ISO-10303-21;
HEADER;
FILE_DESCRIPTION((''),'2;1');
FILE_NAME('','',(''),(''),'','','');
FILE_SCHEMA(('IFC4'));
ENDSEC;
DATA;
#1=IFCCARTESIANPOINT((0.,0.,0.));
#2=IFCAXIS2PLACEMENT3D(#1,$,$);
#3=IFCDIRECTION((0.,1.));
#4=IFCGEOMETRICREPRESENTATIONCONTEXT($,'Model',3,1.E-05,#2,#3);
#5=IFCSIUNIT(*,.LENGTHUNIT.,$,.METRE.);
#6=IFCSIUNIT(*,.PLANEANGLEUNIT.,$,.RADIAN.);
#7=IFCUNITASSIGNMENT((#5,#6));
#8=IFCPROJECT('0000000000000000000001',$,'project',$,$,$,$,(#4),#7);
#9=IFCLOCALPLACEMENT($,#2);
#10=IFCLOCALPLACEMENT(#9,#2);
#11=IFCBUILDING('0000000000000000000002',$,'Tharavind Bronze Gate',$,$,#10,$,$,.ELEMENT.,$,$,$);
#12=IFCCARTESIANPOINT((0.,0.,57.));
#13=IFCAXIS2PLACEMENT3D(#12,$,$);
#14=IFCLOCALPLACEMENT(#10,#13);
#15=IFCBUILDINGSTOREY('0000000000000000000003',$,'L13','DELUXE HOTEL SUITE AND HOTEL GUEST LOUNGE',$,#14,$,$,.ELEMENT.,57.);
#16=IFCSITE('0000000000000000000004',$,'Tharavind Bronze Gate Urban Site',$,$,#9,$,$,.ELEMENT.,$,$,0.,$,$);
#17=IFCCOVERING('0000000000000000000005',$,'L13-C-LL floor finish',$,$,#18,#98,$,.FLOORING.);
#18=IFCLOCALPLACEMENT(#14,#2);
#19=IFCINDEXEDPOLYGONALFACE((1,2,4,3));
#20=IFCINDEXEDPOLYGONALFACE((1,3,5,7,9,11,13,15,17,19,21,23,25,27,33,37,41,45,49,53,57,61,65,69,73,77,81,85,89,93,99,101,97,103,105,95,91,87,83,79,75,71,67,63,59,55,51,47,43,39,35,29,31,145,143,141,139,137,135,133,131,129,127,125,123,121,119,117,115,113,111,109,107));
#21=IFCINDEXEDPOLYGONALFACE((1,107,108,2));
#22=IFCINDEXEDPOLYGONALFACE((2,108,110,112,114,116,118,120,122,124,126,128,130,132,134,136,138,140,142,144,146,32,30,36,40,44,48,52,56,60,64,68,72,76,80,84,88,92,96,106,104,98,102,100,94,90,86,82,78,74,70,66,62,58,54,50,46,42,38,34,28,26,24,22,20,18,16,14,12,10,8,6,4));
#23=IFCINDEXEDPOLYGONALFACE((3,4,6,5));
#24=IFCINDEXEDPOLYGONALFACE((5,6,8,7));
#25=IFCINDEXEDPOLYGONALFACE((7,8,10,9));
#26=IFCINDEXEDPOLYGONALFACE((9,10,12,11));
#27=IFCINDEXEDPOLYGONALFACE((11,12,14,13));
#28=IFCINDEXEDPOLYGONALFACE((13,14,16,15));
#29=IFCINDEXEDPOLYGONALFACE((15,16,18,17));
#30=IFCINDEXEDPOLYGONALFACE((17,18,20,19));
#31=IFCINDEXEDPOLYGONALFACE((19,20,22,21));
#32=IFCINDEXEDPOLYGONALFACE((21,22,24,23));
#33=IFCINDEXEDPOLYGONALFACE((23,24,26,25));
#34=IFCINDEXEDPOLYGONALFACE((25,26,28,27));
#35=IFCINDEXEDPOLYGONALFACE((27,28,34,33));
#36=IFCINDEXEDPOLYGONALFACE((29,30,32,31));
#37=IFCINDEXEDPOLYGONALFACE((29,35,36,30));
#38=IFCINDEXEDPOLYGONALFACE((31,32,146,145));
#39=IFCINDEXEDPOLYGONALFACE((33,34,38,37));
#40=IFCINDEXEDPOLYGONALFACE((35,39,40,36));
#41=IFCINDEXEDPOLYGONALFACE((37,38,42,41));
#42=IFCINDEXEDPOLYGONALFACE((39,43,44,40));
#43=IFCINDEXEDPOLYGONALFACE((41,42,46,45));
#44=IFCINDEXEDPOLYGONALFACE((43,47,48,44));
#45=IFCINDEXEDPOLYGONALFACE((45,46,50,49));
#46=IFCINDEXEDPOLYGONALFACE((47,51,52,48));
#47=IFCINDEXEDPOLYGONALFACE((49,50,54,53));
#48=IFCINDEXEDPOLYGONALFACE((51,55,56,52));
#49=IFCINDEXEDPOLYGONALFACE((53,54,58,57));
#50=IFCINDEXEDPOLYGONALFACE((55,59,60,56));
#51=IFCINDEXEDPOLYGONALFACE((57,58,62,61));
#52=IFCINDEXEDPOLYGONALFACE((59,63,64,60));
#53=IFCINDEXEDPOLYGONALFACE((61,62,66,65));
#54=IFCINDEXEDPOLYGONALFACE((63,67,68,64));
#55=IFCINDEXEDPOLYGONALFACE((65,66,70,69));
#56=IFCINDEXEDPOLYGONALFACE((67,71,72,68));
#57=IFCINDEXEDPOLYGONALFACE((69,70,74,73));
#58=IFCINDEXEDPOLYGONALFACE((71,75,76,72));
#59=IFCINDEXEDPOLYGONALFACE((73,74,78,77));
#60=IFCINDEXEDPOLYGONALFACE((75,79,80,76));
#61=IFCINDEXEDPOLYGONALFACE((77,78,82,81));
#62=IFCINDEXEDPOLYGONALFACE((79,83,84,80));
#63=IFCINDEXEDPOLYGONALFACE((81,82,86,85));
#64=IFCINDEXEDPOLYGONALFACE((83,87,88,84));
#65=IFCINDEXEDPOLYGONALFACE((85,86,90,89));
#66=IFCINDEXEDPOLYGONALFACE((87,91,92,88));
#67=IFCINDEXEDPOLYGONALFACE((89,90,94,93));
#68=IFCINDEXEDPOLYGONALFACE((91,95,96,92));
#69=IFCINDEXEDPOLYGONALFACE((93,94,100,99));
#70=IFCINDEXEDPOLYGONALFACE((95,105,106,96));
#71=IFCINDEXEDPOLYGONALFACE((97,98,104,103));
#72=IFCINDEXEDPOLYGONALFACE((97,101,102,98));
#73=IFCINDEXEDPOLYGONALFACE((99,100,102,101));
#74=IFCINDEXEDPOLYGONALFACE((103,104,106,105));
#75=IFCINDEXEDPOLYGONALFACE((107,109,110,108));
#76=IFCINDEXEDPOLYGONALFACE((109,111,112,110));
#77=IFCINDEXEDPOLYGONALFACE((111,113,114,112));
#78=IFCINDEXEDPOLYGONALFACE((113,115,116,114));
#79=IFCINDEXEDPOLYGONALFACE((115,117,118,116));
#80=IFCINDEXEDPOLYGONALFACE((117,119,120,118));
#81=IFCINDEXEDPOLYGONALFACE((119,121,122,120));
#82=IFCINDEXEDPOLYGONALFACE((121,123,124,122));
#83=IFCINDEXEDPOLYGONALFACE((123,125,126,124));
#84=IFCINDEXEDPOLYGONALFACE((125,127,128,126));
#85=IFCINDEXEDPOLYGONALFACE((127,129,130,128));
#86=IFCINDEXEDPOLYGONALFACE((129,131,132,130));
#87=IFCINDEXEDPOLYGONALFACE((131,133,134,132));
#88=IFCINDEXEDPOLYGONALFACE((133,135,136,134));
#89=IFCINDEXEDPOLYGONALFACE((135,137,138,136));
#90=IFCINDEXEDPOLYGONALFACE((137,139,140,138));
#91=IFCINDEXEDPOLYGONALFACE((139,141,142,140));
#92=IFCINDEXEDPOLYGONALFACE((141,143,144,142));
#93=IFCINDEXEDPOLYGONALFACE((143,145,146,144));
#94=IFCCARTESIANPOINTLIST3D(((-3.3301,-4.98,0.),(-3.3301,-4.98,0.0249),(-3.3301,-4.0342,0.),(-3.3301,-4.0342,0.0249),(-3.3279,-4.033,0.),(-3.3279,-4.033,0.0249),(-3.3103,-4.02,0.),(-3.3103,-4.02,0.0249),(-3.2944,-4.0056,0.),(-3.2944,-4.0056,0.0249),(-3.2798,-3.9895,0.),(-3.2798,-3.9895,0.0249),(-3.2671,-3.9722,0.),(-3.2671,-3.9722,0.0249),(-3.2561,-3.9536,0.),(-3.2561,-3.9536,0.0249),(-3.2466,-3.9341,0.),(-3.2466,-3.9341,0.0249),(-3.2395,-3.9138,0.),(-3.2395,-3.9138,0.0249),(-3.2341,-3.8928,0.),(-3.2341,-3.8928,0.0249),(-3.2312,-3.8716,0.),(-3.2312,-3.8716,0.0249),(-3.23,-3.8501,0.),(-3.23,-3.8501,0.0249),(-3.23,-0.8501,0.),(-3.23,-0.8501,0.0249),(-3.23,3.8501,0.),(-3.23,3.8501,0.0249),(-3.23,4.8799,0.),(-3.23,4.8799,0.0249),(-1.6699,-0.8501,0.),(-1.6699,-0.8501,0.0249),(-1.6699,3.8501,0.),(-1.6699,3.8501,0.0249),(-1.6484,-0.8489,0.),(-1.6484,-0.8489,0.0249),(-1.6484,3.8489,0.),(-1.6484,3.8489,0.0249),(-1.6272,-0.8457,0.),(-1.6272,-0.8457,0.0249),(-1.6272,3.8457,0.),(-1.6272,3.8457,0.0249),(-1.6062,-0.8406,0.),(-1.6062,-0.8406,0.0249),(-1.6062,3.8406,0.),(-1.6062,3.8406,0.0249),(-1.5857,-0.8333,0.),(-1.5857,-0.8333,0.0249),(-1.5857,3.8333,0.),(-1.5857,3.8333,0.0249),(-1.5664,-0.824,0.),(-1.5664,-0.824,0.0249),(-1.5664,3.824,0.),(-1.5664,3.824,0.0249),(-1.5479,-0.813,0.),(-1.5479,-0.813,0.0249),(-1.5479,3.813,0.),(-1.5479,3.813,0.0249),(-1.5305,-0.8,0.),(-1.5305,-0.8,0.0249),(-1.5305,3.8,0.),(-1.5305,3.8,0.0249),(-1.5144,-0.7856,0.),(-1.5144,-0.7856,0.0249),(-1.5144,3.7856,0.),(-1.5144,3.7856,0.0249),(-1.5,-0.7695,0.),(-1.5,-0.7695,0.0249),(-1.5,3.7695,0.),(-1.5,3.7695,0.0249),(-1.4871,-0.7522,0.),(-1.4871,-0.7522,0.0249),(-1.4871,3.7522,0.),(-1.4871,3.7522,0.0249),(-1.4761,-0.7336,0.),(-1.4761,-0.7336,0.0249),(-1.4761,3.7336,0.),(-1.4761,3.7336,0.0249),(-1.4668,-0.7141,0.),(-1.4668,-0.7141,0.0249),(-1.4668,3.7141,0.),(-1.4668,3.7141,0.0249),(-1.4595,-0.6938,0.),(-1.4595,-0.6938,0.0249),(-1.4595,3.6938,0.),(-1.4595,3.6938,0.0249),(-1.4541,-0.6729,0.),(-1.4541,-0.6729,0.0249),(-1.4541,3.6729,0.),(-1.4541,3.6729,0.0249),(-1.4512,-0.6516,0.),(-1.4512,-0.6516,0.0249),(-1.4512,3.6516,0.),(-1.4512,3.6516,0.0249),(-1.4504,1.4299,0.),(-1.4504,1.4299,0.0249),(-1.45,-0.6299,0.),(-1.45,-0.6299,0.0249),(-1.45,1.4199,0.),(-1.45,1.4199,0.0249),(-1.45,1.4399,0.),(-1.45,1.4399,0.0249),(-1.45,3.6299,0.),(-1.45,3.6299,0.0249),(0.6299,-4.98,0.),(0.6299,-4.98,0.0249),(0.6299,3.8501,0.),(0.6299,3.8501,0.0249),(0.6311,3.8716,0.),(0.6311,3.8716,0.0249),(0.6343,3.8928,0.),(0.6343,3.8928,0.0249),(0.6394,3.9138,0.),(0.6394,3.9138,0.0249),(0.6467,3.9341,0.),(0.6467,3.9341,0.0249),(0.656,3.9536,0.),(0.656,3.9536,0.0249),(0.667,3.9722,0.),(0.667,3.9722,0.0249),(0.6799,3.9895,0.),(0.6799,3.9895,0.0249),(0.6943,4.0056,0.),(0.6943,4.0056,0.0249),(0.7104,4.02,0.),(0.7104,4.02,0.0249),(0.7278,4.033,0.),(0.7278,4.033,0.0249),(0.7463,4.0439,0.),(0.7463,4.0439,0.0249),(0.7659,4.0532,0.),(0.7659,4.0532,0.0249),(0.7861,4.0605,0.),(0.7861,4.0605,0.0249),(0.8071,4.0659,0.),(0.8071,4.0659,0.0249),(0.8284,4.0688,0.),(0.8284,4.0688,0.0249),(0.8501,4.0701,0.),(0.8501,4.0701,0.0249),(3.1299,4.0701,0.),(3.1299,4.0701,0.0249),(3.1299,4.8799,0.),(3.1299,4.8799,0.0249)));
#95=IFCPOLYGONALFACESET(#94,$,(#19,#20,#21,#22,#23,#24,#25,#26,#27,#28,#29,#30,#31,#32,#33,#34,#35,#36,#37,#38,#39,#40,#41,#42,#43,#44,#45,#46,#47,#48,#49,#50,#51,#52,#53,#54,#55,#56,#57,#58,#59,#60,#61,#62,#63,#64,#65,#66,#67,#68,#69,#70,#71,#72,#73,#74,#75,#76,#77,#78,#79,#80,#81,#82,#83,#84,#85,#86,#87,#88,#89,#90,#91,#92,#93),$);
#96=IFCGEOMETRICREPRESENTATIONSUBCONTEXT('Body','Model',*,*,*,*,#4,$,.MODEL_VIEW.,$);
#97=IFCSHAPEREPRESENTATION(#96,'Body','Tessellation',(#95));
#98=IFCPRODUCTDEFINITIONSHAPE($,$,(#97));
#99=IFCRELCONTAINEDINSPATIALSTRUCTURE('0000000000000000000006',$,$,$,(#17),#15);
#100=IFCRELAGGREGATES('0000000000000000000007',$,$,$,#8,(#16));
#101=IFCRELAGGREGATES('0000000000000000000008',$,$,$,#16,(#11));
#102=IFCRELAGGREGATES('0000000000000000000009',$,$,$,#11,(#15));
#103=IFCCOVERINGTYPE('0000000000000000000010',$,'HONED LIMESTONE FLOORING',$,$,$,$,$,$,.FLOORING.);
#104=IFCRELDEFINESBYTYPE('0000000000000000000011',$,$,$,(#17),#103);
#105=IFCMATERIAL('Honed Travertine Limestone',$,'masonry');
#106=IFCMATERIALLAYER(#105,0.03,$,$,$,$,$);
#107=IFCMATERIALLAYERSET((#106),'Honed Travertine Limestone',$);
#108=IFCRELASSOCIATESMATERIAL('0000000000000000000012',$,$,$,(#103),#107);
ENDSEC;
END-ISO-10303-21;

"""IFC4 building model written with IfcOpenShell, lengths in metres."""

from ifc_helpers import new_model, si_unit, direction, frame, origin, place, context, subcontext, project, spatial, polyline, outline, extrude, material, layer, layer_set, type_object, element, save


model = new_model("IFC4")

# Units and contexts
model_context = context("Model", 3, precision=1e-05, world=origin(), true_north=direction((0.0, 1.0)))
body_context = subcontext(model_context, "Body", "Model", "MODEL_VIEW")
ifc_project = project(units=[si_unit("LENGTHUNIT", "METRE"), si_unit("PLANEANGLEUNIT", "RADIAN")], contexts=[model_context])

# Site, building, storey
site_placement = place(None, origin())
site = spatial("IfcSite", under=ifc_project, at=site_placement, Name="Tharavind Bronze Gate Urban Site", CompositionType="ELEMENT", RefElevation=0.0)
building_placement = place(site_placement, origin())
building = spatial("IfcBuilding", under=site, at=building_placement, Name="Tharavind Bronze Gate", CompositionType="ELEMENT")
storey_placement = place(building_placement, frame((0.0, 0.0, 57.0)))
storey = spatial("IfcBuildingStorey", under=building, at=storey_placement, Name="L13", Description="DELUXE HOTEL SUITE AND HOTEL GUEST LOUNGE", CompositionType="ELEMENT", Elevation=57.0)

# Covering
ifc_material_1 = material(Name="Honed Travertine Limestone", Category="masonry")
ifc_layer_1 = layer(ifc_material_1, 0.03)
ifc_layer_set_1 = layer_set([ifc_layer_1], Name="Honed Travertine Limestone")
covering_type_1 = type_object("IfcCoveringType", Name="HONED LIMESTONE FLOORING", PredefinedType="FLOORING", material=ifc_layer_set_1)
covering_1_placement = place(storey_placement, origin())
element("IfcCovering", 1, at=covering_1_placement, inside=storey, type_object=covering_type_1, Name="L13-C-LL floor finish", PredefinedType="FLOORING", context=body_context, shape_type="SweptSolid", body=[
    extrude(outline(polyline([(-3.3301, -4.98), (0.6299, -4.98), (0.6299, 3.8501), (0.6311, 3.8716), (0.6343, 3.8928), (0.6394, 3.9138), (0.6467, 3.9341), (0.656, 3.9536), (0.667, 3.9722), (0.6799, 3.9895), (0.6943, 4.0056), (0.7104, 4.02), (0.7278, 4.033), (0.7463, 4.0439), (0.7659, 4.0532), (0.7861, 4.0605), (0.8071, 4.0659), (0.8284, 4.0688), (0.8501, 4.0701), (3.1299, 4.0701), (3.1299, 4.8799), (-3.23, 4.8799), (-3.23, 3.8501), (-1.6699, 3.8501), (-1.6484, 3.8489), (-1.6272, 3.8457), (-1.6062, 3.8406), (-1.5857, 3.8333), (-1.5664, 3.824), (-1.5479, 3.813), (-1.5305, 3.8), (-1.5144, 3.7856), (-1.5, 3.7695), (-1.4871, 3.7522), (-1.4761, 3.7336), (-1.4668, 3.7141), (-1.4595, 3.6938), (-1.4541, 3.6729), (-1.4512, 3.6516), (-1.45, 3.6299), (-1.45, 1.4399), (-1.4504, 1.4299), (-1.45, 1.4199), (-1.45, -0.6299), (-1.4512, -0.6516), (-1.4541, -0.6729), (-1.4595, -0.6938), (-1.4668, -0.7141), (-1.4761, -0.7336), (-1.4871, -0.7522), (-1.5, -0.7695), (-1.5144, -0.7856), (-1.5305, -0.8), (-1.5479, -0.813), (-1.5664, -0.824), (-1.5857, -0.8333), (-1.6062, -0.8406), (-1.6272, -0.8457), (-1.6484, -0.8489), (-1.6699, -0.8501), (-3.23, -0.8501), (-3.23, -3.8501), (-3.2312, -3.8716), (-3.2341, -3.8928), (-3.2395, -3.9138), (-3.2466, -3.9341), (-3.2561, -3.9536), (-3.2671, -3.9722), (-3.2798, -3.9895), (-3.2944, -4.0056), (-3.3103, -4.02), (-3.3279, -4.033), (-3.3301, -4.0342), (-3.3301, -4.98)])), origin(), (0.0, 0.0, 1.0), 0.0249),
])

save(model, "model.ifc")
